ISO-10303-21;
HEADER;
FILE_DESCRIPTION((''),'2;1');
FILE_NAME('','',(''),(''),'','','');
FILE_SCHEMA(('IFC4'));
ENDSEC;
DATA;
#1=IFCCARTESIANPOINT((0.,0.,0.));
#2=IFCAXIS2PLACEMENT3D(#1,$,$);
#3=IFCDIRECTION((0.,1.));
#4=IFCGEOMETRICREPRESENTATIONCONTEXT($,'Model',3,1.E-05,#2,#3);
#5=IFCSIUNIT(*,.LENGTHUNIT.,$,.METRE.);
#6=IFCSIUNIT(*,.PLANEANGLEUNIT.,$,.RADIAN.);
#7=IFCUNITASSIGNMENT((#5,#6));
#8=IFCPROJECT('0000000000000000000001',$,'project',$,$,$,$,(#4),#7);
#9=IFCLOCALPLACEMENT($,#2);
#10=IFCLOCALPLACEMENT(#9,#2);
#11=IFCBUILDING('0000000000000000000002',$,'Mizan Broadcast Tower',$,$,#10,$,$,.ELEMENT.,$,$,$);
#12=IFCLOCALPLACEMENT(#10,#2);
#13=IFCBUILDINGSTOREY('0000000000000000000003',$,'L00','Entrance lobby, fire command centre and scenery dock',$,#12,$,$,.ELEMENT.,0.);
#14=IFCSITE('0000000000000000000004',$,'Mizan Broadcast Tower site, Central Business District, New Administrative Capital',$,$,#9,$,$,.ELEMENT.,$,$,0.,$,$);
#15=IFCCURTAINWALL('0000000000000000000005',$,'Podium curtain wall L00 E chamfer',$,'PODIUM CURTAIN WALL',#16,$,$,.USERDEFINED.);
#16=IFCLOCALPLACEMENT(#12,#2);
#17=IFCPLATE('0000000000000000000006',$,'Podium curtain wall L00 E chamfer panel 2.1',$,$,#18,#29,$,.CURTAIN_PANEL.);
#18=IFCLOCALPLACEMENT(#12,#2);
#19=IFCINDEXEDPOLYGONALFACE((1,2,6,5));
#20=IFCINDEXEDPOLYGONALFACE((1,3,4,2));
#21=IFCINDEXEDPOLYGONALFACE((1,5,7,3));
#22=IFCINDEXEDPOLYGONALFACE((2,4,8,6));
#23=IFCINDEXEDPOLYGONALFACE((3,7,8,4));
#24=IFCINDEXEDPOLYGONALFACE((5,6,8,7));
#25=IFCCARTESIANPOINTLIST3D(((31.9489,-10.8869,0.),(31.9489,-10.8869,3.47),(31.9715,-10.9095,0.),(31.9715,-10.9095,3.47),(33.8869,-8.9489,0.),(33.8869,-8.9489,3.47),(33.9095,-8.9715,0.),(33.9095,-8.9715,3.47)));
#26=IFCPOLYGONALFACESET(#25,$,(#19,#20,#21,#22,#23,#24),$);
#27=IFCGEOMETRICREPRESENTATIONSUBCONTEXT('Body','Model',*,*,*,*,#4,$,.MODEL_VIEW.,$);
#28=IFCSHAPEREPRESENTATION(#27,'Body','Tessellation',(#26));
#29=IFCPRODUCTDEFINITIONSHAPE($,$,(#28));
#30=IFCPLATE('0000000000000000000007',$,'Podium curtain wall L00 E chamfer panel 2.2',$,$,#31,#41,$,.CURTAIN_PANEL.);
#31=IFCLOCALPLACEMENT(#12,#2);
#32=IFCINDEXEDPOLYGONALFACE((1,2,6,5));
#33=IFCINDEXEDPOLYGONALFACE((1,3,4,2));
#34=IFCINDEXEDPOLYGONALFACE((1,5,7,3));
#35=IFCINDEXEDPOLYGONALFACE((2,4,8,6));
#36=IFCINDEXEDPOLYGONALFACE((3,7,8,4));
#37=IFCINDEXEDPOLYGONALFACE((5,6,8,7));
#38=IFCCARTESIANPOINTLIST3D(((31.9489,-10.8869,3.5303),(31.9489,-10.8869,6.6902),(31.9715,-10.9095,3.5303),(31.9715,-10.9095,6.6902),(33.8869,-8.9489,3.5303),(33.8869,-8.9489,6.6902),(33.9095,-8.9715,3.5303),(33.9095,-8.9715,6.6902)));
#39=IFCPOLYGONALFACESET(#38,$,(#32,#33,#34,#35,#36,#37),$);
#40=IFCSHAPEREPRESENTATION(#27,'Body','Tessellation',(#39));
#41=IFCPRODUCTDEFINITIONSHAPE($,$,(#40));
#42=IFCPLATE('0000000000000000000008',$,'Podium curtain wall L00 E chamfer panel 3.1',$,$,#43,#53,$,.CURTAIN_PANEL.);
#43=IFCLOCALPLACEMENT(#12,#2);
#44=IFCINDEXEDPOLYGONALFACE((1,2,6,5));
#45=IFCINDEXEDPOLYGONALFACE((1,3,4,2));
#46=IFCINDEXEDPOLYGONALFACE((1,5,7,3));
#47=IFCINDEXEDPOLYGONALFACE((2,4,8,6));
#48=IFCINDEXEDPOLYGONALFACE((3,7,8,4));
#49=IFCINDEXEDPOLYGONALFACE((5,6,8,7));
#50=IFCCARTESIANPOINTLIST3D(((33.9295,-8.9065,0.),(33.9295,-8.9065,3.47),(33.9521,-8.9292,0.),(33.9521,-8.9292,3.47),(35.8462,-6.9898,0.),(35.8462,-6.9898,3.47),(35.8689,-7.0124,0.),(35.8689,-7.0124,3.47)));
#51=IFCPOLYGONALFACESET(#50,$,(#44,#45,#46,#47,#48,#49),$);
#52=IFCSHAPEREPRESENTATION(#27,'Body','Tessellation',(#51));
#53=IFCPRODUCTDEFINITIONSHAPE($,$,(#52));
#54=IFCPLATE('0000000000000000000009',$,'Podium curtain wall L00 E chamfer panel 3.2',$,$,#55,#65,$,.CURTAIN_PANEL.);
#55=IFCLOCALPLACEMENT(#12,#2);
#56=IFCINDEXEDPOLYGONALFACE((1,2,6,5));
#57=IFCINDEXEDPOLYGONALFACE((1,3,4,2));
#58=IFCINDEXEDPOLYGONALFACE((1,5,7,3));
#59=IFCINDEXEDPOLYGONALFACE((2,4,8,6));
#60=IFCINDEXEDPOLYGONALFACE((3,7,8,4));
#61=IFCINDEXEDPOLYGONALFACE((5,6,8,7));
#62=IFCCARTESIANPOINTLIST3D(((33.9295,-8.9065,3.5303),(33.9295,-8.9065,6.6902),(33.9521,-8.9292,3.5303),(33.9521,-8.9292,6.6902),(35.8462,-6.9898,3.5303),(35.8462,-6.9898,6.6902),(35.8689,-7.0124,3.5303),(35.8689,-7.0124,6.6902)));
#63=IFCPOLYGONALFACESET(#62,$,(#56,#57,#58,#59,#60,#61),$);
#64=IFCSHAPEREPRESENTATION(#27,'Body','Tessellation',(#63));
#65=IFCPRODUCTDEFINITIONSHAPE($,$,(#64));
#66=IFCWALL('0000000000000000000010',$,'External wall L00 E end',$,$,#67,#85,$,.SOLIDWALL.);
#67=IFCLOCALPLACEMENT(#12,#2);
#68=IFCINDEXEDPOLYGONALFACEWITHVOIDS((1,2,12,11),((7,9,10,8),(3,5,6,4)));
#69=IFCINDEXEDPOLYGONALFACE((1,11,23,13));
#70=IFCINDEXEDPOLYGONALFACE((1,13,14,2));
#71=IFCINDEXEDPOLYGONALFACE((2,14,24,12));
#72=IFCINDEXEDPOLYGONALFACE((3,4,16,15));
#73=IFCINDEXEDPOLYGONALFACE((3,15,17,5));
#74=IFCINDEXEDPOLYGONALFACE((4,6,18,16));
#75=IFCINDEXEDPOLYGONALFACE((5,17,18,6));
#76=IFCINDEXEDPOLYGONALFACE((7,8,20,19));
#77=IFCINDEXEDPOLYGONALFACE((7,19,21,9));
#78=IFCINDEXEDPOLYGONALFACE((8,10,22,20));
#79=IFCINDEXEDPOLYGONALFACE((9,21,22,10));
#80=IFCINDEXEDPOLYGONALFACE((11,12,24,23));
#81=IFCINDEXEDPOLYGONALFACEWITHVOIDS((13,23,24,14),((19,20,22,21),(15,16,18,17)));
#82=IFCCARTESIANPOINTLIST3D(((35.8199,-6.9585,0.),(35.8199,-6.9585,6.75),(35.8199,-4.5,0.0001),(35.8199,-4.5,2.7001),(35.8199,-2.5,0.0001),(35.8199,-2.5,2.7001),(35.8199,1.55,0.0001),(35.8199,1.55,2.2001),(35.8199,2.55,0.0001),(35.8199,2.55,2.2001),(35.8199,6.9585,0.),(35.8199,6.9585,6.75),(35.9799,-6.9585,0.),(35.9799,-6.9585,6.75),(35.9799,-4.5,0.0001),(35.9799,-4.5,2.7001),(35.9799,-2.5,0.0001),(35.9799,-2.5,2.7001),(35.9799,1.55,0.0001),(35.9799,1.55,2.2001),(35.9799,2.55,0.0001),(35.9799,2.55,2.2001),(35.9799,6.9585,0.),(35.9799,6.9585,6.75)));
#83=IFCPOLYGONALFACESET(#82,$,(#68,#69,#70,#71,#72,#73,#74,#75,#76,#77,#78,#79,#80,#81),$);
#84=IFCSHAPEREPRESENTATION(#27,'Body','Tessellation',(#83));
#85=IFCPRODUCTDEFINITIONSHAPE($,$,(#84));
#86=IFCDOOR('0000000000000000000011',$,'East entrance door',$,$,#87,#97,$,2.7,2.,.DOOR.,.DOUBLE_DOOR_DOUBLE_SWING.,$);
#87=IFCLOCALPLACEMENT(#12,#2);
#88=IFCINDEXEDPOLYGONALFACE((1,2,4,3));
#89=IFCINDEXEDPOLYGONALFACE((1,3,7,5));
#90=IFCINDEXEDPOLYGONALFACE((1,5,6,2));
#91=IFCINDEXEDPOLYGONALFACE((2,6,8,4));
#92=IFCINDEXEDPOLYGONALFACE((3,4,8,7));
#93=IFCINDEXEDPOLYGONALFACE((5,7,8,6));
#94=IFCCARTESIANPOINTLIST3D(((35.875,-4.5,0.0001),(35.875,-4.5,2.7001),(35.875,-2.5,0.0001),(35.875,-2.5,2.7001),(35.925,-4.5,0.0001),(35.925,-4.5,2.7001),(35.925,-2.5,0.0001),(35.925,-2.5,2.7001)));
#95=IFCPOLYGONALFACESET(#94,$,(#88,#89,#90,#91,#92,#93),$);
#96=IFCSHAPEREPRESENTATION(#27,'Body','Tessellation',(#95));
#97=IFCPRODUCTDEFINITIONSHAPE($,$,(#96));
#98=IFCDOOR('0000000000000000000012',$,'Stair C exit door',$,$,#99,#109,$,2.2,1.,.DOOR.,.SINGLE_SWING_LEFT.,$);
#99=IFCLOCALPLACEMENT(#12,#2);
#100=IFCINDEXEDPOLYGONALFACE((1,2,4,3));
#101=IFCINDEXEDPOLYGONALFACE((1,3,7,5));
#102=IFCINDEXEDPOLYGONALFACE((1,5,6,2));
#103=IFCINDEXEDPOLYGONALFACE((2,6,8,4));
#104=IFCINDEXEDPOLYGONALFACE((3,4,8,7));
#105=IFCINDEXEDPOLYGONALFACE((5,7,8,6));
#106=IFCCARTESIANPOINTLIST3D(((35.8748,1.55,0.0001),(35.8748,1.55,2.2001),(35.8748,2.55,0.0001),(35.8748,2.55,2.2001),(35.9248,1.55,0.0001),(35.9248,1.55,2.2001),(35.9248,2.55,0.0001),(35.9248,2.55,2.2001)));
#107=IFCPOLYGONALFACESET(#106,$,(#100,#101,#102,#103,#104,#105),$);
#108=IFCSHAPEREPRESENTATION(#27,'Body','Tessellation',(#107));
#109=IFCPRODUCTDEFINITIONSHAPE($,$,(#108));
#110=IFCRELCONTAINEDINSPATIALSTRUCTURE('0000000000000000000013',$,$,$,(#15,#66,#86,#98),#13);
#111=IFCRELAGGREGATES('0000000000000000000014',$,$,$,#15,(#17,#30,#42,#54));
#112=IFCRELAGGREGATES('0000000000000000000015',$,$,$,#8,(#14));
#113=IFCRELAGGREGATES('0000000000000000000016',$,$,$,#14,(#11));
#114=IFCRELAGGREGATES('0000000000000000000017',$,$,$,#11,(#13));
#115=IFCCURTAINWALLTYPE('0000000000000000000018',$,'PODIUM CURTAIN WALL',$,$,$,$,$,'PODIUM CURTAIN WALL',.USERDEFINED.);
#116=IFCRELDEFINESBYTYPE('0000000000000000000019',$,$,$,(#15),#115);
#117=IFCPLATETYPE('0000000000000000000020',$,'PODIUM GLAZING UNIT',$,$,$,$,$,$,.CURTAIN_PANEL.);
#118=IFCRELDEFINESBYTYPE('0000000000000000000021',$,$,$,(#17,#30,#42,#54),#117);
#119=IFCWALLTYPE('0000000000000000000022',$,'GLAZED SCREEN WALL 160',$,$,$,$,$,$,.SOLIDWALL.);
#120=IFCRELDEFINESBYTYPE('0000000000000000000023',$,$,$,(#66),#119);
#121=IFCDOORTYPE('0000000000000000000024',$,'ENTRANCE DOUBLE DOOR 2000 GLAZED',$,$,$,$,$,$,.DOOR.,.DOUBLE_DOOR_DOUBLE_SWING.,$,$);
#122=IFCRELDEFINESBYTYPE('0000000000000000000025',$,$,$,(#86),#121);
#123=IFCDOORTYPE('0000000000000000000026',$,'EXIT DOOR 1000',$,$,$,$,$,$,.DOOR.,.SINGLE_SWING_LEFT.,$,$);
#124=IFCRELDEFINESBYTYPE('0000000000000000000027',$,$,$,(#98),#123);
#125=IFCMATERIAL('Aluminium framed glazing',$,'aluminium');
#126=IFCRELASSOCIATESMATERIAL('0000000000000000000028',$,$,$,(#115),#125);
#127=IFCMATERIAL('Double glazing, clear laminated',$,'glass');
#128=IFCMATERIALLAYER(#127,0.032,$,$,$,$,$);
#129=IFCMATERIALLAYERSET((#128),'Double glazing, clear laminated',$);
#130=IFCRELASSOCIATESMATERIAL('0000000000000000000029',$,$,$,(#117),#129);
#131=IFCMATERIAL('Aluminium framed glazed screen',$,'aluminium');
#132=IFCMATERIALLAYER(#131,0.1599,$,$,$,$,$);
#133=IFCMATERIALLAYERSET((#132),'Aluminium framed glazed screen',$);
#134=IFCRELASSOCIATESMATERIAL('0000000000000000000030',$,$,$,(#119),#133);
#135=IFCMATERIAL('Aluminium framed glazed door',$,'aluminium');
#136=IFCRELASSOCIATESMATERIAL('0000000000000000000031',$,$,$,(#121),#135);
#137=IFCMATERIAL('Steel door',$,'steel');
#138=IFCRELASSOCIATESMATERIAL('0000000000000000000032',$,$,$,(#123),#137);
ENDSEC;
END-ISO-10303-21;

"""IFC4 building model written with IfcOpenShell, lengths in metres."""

from ifc_helpers import new_model, si_unit, direction, frame, frame_2d, origin, origin_2d, place, context, subcontext, project, spatial, rectangle, extrude, material, layer, layer_set, type_object, element, fill, aggregate, save


model = new_model("IFC4")

# Units and contexts
model_context = context("Model", 3, precision=1e-05, world=origin(), true_north=direction((0.0, 1.0)))
body_context = subcontext(model_context, "Body", "Model", "MODEL_VIEW")
ifc_project = project(units=[si_unit("LENGTHUNIT", "METRE"), si_unit("PLANEANGLEUNIT", "RADIAN")], contexts=[model_context])

# Site, building, storey
site_placement = place(None, origin())
site = spatial("IfcSite", under=ifc_project, at=site_placement, Name="Mizan Broadcast Tower site, Central Business District, New Administrative Capital", CompositionType="ELEMENT", RefElevation=0.0)
building_placement = place(site_placement, origin())
building = spatial("IfcBuilding", under=site, at=building_placement, Name="Mizan Broadcast Tower", CompositionType="ELEMENT")
storey_placement = place(building_placement, origin())
storey = spatial("IfcBuildingStorey", under=building, at=storey_placement, Name="L00", Description="Entrance lobby, fire command centre and scenery dock", CompositionType="ELEMENT", Elevation=0.0)

# Shared definitions
ifc_material_1 = material(Name="Aluminium framed glazing", Category="aluminium")
curtain_wall_type = type_object("IfcCurtainWallType", Name="PODIUM CURTAIN WALL", ElementType="PODIUM CURTAIN WALL", PredefinedType="USERDEFINED", material=ifc_material_1)

# Curtain wall
curtain_wall_1_placement = place(storey_placement, origin())
curtain_wall_1 = element("IfcCurtainWall", 1, at=curtain_wall_1_placement, inside=storey, type_object=curtain_wall_type, Name="Podium curtain wall L00 E chamfer", ObjectType="PODIUM CURTAIN WALL", PredefinedType="USERDEFINED")

# Plates
ifc_material_2 = material(Name="Double glazing, clear laminated", Category="glass")
ifc_layer_1 = layer(ifc_material_2, 0.032)
ifc_layer_set_1 = layer_set([ifc_layer_1], Name="Double glazing, clear laminated")
plate_type = type_object("IfcPlateType", Name="PODIUM GLAZING UNIT", PredefinedType="CURTAIN_PANEL", material=ifc_layer_set_1)
plate_1_placement = place(storey_placement, frame((32.9292, -9.9292, 0.0), z_axis=(0.0, 0.0, 1.0), x_axis=(0.707107, 0.707107, 0.0)))
plate_1 = element("IfcPlate", 2, at=plate_1_placement, type_object=plate_type, Name="Podium curtain wall L00 E chamfer panel 2.1", PredefinedType="CURTAIN_PANEL", context=body_context, shape_type="SweptSolid", body=[
    extrude(rectangle(XDim=2.7407, YDim=0.032, at=origin_2d()), origin(), (0.0, 0.0, 1.0), 3.47),
])
plate_2_placement = place(storey_placement, frame((32.9292, -9.9292, 3.5303), z_axis=(0.0, 0.0, 1.0), x_axis=(0.707107, 0.707107, 0.0)))
plate_2 = element("IfcPlate", 3, at=plate_2_placement, type_object=plate_type, Name="Podium curtain wall L00 E chamfer panel 2.2", PredefinedType="CURTAIN_PANEL", context=body_context, shape_type="SweptSolid", body=[
    extrude(rectangle(XDim=2.7407, YDim=0.032, at=origin_2d()), origin(), (0.0, 0.0, 1.0), 3.1599),
])
plate_3_placement = place(storey_placement, frame((34.8992, -7.9595, 0.0), z_axis=(0.0, 0.0, 1.0), x_axis=(0.707107, 0.707107, 0.0)))
plate_3 = element("IfcPlate", 4, at=plate_3_placement, type_object=plate_type, Name="Podium curtain wall L00 E chamfer panel 3.1", PredefinedType="CURTAIN_PANEL", context=body_context, shape_type="SweptSolid", body=[
    extrude(rectangle(XDim=2.7107, YDim=0.032, at=origin_2d()), origin(), (0.0, 0.0, 1.0), 3.47),
])
plate_4_placement = place(storey_placement, frame((34.8992, -7.9595, 3.5303), z_axis=(0.0, 0.0, 1.0), x_axis=(0.707107, 0.707107, 0.0)))
plate_4 = element("IfcPlate", 5, at=plate_4_placement, type_object=plate_type, Name="Podium curtain wall L00 E chamfer panel 3.2", PredefinedType="CURTAIN_PANEL", context=body_context, shape_type="SweptSolid", body=[
    extrude(rectangle(XDim=2.7107, YDim=0.032, at=origin_2d()), origin(), (0.0, 0.0, 1.0), 3.1599),
])
aggregate(curtain_wall_1, [plate_1, plate_2, plate_3, plate_4])

# Wall, openings, doors
ifc_material_3 = material(Name="Aluminium framed glazed screen", Category="aluminium")
ifc_layer_2 = layer(ifc_material_3, 0.1599)
ifc_layer_set_2 = layer_set([ifc_layer_2], Name="Aluminium framed glazed screen")
wall_type = type_object("IfcWallType", Name="GLAZED SCREEN WALL 160", PredefinedType="SOLIDWALL", material=ifc_layer_set_2)
wall_placement = place(storey_placement, frame((35.8999, -6.9585, 0.0), z_axis=(0.0, 0.0, 1.0), x_axis=(0.0, 1.0, 0.0)))
wall = element("IfcWall", 6, at=wall_placement, inside=storey, type_object=wall_type, Name="External wall L00 E end", PredefinedType="SOLIDWALL", context=body_context, shape_type="SweptSolid", body=[
    extrude(rectangle(XDim=13.917, YDim=0.1599, at=frame_2d((6.9585, 0.0))), origin(), (0.0, 0.0, 1.0), 6.75),
])
opening_1_placement = place(wall_placement, frame((2.4585, 0.0, 0.0)))
opening_1 = element("IfcOpeningElement", 7, at=opening_1_placement, cuts=wall, PredefinedType="OPENING", context=body_context, shape_type="SweptSolid", body=[
    extrude(rectangle(XDim=2.0, YDim=2.7, at=frame_2d((1.0, 1.3501))), frame((0.0, 0.0898, 0.0), z_axis=(0.0, -1.0, 0.0), x_axis=(1.0, 0.0, 0.0)), (0.0, 0.0, 1.0), 0.1799),
])
opening_2_placement = place(wall_placement, frame((8.5085, 0.0, 0.0)))
opening_2 = element("IfcOpeningElement", 8, at=opening_2_placement, cuts=wall, PredefinedType="OPENING", context=body_context, shape_type="SweptSolid", body=[
    extrude(rectangle(XDim=1.0, YDim=2.2, at=frame_2d((0.5, 1.1001))), frame((0.0, 0.0898, 0.0), z_axis=(0.0, -1.0, 0.0), x_axis=(1.0, 0.0, 0.0)), (0.0, 0.0, 1.0), 0.1799),
])
ifc_material_4 = material(Name="Aluminium framed glazed door", Category="aluminium")
door_type_1 = type_object("IfcDoorType", Name="ENTRANCE DOUBLE DOOR 2000 GLAZED", OperationType="DOUBLE_DOOR_DOUBLE_SWING", PredefinedType="DOOR", material=ifc_material_4)
door_1_placement = place(opening_1_placement, origin())
door_1 = element("IfcDoor", 9, at=door_1_placement, inside=storey, type_object=door_type_1, Name="East entrance door", OperationType="DOUBLE_DOOR_DOUBLE_SWING", OverallHeight=2.7, OverallWidth=2.0, PredefinedType="DOOR", context=body_context, shape_type="SweptSolid", body=[
    extrude(rectangle(XDim=2.0, YDim=2.7, at=frame_2d((1.0, 1.3501))), frame((0.0, 0.0249, 0.0), z_axis=(0.0, -1.0, 0.0), x_axis=(1.0, 0.0, 0.0)), (0.0, 0.0, 1.0), 0.05),
])
fill(opening_1, door_1)
ifc_material_5 = material(Name="Steel door", Category="steel")
door_type_2 = type_object("IfcDoorType", Name="EXIT DOOR 1000", OperationType="SINGLE_SWING_LEFT", PredefinedType="DOOR", material=ifc_material_5)
door_2_placement = place(opening_2_placement, frame((1.0, 0.0, 0.0), z_axis=(0.0, 0.0, 1.0), x_axis=(-1.0, 0.0, 0.0)))
door_2 = element("IfcDoor", 10, at=door_2_placement, inside=storey, type_object=door_type_2, Name="Stair C exit door", OperationType="SINGLE_SWING_LEFT", OverallHeight=2.2, OverallWidth=1.0, PredefinedType="DOOR", context=body_context, shape_type="SweptSolid", body=[
    extrude(rectangle(XDim=1.0, YDim=2.2, at=frame_2d((0.5, 1.1001))), frame((0.0, 0.0249, 0.0), z_axis=(0.0, -1.0, 0.0), x_axis=(1.0, 0.0, 0.0)), (0.0, 0.0, 1.0), 0.05),
])
fill(opening_2, door_2)

save(model, "model.ifc")
